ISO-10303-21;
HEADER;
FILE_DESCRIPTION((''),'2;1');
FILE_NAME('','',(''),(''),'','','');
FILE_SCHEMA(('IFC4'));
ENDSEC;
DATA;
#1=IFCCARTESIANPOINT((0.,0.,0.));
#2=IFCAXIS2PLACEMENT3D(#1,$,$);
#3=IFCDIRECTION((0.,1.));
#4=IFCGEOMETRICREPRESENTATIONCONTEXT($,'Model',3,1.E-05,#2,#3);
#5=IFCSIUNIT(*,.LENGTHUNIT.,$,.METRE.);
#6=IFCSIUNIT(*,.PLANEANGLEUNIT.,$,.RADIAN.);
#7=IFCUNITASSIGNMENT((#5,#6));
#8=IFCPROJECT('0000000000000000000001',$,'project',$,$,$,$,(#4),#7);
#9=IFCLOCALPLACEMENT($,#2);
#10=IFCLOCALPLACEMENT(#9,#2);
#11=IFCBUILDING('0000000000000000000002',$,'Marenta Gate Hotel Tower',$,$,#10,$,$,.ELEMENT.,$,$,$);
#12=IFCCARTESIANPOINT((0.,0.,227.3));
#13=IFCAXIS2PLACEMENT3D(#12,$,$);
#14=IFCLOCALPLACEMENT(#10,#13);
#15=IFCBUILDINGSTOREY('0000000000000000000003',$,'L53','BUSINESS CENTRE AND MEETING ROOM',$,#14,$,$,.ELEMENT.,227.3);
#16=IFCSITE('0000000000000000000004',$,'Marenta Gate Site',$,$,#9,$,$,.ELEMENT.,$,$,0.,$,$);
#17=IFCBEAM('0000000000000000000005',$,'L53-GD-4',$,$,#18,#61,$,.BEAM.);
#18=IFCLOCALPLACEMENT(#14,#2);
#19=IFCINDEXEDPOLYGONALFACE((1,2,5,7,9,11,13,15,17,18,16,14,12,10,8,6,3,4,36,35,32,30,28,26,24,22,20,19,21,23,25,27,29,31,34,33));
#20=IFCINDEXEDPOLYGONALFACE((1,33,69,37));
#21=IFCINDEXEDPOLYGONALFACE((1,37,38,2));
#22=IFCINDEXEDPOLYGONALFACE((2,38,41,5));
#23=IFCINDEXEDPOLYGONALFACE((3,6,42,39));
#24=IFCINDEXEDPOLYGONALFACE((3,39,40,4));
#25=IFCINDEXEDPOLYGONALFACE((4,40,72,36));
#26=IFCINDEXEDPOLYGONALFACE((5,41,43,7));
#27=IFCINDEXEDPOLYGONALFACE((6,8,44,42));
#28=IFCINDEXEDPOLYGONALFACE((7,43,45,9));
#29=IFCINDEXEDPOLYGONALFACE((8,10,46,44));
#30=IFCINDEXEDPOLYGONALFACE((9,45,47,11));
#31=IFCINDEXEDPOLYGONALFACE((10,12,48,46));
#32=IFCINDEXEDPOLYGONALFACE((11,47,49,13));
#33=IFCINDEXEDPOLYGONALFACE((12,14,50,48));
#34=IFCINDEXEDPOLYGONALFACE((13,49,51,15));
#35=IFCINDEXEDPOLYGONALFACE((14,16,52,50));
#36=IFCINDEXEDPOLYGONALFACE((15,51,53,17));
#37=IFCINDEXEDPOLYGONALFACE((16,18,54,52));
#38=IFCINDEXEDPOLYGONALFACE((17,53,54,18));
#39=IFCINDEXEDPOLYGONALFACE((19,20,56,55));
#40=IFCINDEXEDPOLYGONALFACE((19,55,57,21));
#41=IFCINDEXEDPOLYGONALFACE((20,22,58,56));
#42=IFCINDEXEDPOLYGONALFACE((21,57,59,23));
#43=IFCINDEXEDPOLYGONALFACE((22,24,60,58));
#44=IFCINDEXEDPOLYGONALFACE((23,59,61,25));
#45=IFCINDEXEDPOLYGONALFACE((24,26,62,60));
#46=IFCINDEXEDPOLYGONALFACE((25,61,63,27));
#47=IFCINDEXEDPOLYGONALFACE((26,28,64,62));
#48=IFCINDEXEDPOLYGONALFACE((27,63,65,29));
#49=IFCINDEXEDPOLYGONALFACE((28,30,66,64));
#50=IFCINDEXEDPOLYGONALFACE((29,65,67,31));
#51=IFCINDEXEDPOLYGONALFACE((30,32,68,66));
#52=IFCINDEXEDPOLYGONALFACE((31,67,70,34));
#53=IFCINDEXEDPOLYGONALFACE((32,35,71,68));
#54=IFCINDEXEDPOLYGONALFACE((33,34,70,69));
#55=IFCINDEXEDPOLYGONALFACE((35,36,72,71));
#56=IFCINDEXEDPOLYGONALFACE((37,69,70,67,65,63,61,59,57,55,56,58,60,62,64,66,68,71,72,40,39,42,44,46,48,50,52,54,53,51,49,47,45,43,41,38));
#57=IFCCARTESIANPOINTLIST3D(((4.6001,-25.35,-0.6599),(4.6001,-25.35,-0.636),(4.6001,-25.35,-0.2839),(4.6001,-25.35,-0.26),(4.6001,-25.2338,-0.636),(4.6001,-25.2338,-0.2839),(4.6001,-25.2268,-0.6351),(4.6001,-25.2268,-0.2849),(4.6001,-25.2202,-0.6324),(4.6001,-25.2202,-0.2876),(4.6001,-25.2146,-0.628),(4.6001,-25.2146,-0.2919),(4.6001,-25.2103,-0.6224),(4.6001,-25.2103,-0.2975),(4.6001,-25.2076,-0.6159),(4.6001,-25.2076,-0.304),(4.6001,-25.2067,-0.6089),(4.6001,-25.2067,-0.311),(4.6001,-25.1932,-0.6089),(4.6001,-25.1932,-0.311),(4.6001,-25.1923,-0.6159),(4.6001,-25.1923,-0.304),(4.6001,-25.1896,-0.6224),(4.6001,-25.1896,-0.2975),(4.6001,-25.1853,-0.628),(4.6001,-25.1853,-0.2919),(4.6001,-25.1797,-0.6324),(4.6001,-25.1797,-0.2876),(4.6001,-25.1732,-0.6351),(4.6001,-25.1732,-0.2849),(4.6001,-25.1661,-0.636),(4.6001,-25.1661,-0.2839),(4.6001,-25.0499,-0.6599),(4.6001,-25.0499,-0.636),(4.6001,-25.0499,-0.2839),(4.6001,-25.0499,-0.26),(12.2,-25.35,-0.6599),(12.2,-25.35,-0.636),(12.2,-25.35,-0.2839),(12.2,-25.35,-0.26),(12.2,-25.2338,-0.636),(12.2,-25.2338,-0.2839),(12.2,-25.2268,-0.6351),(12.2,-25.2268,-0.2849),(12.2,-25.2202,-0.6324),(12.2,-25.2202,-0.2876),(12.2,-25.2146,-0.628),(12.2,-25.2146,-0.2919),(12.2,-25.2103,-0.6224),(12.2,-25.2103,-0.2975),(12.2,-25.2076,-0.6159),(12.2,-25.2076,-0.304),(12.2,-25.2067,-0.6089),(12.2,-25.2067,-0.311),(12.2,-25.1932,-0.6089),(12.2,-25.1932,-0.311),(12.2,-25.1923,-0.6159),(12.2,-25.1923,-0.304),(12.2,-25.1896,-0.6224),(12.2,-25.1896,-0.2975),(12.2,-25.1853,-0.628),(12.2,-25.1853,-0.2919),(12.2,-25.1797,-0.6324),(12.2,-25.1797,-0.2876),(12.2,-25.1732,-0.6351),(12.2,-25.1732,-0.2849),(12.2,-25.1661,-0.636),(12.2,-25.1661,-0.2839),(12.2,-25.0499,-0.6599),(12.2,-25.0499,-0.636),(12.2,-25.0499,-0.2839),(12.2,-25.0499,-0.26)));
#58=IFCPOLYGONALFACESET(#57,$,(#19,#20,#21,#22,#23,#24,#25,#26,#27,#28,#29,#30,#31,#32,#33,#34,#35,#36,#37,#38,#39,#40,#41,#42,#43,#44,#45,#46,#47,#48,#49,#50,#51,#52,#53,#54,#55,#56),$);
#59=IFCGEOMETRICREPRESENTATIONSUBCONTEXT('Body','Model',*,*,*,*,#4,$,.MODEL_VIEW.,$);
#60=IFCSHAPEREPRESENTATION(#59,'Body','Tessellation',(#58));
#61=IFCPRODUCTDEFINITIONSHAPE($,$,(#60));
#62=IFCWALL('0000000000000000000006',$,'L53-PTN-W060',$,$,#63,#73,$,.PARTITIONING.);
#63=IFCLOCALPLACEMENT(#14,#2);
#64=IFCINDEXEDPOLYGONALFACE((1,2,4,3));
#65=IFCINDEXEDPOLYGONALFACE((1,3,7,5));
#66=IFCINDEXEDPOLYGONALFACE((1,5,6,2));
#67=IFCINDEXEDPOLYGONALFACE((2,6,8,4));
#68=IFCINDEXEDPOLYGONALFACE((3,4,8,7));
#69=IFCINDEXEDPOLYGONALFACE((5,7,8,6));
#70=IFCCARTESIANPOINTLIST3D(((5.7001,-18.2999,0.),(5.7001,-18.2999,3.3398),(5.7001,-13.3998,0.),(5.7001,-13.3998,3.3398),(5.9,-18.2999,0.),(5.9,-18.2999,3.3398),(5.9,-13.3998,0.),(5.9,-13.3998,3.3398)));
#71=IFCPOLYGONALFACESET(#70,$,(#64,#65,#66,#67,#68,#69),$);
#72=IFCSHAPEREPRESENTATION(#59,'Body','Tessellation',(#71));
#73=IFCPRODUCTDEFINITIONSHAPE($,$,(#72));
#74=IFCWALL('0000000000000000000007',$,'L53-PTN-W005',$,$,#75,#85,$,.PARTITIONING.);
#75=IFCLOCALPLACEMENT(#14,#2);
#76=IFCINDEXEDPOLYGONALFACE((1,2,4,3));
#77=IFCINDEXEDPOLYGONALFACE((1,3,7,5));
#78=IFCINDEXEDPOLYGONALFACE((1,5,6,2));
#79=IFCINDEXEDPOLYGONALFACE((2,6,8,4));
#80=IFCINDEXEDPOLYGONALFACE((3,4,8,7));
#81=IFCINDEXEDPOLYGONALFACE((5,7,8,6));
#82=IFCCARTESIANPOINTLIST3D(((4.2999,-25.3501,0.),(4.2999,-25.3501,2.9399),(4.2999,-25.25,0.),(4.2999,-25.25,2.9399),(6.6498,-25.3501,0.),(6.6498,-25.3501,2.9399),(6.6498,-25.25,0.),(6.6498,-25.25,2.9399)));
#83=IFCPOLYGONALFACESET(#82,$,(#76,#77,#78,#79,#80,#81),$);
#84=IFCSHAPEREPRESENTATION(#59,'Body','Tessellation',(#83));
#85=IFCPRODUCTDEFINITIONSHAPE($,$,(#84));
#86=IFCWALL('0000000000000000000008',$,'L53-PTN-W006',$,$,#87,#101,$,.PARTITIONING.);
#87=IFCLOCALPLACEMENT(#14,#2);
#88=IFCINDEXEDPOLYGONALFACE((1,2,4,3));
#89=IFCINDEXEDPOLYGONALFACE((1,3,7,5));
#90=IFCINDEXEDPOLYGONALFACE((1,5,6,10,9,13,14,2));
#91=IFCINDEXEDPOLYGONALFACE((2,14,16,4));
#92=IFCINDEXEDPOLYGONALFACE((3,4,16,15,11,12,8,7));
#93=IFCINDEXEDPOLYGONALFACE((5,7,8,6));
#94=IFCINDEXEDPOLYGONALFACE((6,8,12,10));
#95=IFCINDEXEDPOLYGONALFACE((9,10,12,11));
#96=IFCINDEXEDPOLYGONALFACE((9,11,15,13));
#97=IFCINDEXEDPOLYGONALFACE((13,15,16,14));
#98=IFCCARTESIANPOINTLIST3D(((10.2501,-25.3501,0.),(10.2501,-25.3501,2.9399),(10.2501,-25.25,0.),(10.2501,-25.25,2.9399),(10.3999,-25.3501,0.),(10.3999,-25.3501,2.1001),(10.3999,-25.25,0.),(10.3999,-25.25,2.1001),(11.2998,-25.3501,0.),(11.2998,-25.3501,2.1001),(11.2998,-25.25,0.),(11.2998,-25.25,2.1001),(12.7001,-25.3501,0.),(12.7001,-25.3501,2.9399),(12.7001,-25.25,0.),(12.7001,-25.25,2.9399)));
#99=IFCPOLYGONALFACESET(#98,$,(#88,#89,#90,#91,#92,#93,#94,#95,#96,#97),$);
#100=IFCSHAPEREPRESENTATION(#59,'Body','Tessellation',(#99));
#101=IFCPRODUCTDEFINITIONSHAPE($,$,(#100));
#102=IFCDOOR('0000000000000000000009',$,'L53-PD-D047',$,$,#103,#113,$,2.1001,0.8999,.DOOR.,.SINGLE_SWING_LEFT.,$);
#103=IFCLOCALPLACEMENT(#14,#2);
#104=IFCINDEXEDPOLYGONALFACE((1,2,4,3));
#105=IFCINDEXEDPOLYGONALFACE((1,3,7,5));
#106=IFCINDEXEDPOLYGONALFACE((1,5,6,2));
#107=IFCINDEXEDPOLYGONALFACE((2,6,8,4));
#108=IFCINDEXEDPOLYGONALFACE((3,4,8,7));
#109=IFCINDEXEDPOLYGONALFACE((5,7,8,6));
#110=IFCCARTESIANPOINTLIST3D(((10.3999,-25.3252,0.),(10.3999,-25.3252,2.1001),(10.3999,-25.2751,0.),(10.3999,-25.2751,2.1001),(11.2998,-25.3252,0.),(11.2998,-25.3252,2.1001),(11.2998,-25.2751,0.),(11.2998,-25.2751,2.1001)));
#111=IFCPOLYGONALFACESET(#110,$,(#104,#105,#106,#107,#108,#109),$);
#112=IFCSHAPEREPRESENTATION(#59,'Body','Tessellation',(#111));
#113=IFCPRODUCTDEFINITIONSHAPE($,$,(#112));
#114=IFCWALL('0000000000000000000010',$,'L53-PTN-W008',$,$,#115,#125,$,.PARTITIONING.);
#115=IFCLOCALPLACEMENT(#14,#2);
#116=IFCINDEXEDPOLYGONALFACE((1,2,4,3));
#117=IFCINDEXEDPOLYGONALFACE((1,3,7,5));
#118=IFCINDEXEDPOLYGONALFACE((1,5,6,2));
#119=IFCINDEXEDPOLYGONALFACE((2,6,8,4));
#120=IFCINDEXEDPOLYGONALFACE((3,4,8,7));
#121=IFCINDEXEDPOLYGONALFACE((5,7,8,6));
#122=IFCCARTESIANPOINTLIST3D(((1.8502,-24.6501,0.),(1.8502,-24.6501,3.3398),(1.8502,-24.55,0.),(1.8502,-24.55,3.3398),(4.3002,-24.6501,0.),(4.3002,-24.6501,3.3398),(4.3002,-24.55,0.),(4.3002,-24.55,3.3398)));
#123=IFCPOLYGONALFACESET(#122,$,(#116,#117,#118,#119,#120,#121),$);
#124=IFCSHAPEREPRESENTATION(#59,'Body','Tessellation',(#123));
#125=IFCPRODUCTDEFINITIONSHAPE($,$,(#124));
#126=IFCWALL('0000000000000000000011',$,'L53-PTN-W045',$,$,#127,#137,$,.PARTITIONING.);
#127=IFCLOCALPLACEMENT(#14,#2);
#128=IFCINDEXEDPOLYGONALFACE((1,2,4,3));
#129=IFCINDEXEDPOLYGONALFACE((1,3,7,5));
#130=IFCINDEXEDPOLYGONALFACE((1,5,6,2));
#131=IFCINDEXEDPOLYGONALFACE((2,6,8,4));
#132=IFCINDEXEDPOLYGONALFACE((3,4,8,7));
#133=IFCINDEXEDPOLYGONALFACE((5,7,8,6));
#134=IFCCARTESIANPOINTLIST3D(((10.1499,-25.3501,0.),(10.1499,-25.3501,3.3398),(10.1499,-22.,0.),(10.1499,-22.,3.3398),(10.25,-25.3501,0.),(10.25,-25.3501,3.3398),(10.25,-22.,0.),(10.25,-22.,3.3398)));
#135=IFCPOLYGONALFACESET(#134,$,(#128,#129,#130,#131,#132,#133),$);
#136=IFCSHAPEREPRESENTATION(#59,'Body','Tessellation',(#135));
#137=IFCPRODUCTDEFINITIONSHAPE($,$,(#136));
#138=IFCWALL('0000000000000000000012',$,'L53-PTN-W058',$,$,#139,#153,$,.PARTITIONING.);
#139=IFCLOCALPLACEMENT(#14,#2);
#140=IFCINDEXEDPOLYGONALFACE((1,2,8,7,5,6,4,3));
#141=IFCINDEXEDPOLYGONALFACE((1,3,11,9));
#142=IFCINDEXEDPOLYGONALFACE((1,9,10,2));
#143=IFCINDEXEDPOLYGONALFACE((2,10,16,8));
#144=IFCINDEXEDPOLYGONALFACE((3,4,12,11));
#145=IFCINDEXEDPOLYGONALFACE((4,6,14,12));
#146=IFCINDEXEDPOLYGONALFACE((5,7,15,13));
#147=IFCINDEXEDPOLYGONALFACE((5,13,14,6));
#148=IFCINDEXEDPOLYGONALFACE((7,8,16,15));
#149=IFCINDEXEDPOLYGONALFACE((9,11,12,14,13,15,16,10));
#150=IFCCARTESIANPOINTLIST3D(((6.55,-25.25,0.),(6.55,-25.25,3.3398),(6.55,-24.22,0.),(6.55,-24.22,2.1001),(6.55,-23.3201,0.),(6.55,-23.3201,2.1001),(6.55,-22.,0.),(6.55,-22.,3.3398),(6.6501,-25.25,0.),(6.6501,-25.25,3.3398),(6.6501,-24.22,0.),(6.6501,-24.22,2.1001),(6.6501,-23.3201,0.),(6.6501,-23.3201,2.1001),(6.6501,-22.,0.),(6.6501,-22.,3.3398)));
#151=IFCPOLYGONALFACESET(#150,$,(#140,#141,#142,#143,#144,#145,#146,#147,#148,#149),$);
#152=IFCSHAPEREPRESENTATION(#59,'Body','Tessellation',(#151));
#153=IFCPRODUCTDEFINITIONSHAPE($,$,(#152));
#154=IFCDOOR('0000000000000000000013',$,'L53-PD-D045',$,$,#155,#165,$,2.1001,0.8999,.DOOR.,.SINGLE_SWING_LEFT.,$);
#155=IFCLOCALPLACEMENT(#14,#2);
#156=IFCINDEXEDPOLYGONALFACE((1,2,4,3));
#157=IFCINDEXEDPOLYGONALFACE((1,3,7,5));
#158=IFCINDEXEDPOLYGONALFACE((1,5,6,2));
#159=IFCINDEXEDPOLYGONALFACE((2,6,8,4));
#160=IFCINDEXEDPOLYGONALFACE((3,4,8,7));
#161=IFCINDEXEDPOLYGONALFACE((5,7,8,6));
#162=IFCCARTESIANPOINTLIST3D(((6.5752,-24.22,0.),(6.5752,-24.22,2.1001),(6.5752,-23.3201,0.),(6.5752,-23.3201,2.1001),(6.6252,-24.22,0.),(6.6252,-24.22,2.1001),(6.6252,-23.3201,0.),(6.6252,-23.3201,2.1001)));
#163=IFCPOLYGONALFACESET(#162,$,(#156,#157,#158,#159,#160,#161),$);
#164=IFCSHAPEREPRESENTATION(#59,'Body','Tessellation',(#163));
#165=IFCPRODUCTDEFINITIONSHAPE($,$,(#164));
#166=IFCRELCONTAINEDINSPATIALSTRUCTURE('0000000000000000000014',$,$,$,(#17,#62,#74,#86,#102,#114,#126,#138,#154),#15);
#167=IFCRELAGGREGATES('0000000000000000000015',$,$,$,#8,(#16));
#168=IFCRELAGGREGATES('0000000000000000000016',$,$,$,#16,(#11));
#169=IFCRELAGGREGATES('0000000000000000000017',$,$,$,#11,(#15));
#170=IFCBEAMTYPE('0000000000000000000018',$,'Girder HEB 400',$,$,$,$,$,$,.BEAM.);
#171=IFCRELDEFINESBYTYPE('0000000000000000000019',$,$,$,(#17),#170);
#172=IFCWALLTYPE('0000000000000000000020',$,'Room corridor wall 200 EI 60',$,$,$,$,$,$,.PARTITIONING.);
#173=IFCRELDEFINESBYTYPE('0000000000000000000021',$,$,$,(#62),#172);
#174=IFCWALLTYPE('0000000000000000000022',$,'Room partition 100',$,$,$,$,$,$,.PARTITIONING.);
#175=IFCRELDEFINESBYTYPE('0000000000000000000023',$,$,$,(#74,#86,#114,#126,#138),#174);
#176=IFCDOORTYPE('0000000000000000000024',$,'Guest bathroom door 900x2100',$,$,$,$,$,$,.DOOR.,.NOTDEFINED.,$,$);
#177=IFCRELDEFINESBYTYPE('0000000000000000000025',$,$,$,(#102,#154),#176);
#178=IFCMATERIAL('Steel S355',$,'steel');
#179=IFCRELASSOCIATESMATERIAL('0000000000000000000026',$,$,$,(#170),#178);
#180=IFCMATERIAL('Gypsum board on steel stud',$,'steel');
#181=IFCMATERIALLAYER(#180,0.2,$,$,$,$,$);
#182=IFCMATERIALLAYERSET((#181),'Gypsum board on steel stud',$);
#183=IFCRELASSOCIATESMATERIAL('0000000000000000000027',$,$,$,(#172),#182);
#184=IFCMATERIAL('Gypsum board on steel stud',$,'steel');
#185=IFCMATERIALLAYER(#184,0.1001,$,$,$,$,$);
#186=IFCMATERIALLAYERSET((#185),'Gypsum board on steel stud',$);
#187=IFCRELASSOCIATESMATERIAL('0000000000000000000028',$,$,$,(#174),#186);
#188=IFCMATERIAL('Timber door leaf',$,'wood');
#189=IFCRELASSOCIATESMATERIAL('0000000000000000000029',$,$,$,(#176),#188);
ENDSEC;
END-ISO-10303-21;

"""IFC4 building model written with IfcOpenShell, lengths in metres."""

from ifc_helpers import new_model, si_unit, direction, frame, frame_2d, origin, origin_2d, place, context, subcontext, project, spatial, rectangle, i_section, extrude, material, layer, layer_set, material_profile, profile_set, type_object, element, fill, save


model = new_model("IFC4")

# Units and contexts
model_context = context("Model", 3, precision=1e-05, world=origin(), true_north=direction((0.0, 1.0)))
body_context = subcontext(model_context, "Body", "Model", "MODEL_VIEW")
ifc_project = project(units=[si_unit("LENGTHUNIT", "METRE"), si_unit("PLANEANGLEUNIT", "RADIAN")], contexts=[model_context])

# Site, building, storey
site_placement = place(None, origin())
site = spatial("IfcSite", under=ifc_project, at=site_placement, Name="Marenta Gate Site", CompositionType="ELEMENT", RefElevation=0.0)
building_placement = place(site_placement, origin())
building = spatial("IfcBuilding", under=site, at=building_placement, Name="Marenta Gate Hotel Tower", CompositionType="ELEMENT")
storey_placement = place(building_placement, frame((0.0, 0.0, 227.3)))
storey = spatial("IfcBuildingStorey", under=building, at=storey_placement, Name="L53", Description="BUSINESS CENTRE AND MEETING ROOM", CompositionType="ELEMENT", Elevation=227.3)

# Beam
ifc_material_1 = material(Name="Steel S355", Category="steel")
ifc_material_profile_1 = material_profile(ifc_material_1, i_section(OverallWidth=0.3, OverallDepth=0.3999, WebThickness=0.0134, FlangeThickness=0.0239, FilletRadius=0.0271, at=origin_2d()), Name="HEB 400")
ifc_profile_set_1 = profile_set([ifc_material_profile_1], Name="Steel S355")
beam_type_1 = type_object("IfcBeamType", Name="Girder HEB 400", PredefinedType="BEAM", material=ifc_profile_set_1)
beam_placement = place(storey_placement, frame((4.6001, -25.2, -0.46), z_axis=(1.0, 0.0, 0.0), x_axis=(0.0, 1.0, 0.0)))
element("IfcBeam", 1, at=beam_placement, inside=storey, type_object=beam_type_1, Name="L53-GD-4", PredefinedType="BEAM", context=body_context, shape_type="SweptSolid", body=[
    extrude(i_section(OverallWidth=0.3, OverallDepth=0.3999, WebThickness=0.0134, FlangeThickness=0.0239, FilletRadius=0.0271, at=origin_2d()), origin(), (0.0, 0.0, 1.0), 7.5999),
])

# Shared definitions
ifc_material_2 = material(Name="Gypsum board on steel stud", Category="steel")
ifc_layer_1 = layer(ifc_material_2, 0.2)
ifc_layer_set_1 = layer_set([ifc_layer_1], Name="Gypsum board on steel stud")
wall_type_1 = type_object("IfcWallType", Name="Room corridor wall 200 EI 60", PredefinedType="PARTITIONING", material=ifc_layer_set_1)

# Walls
wall_1_placement = place(storey_placement, frame((5.8, -18.3, 0.0), z_axis=(0.0, 0.0, 1.0), x_axis=(0.0, 1.0, 0.0)))
element("IfcWall", 2, at=wall_1_placement, inside=storey, type_object=wall_type_1, Name="L53-PTN-W060", PredefinedType="PARTITIONING", context=body_context, shape_type="SweptSolid", body=[
    extrude(rectangle(XDim=4.9001, YDim=0.2, at=frame_2d((2.4502, 0.0))), origin(), (0.0, 0.0, 1.0), 3.3398),
])
ifc_material_3 = material(Name="Gypsum board on steel stud", Category="steel")
ifc_layer_2 = layer(ifc_material_3, 0.1001)
ifc_layer_set_2 = layer_set([ifc_layer_2], Name="Gypsum board on steel stud")
wall_type_2 = type_object("IfcWallType", Name="Room partition 100", PredefinedType="PARTITIONING", material=ifc_layer_set_2)
wall_2_placement = place(storey_placement, frame((4.3, -25.3, 0.0), z_axis=(0.0, 0.0, 1.0), x_axis=(1.0, 0.0, 0.0)))
element("IfcWall", 3, at=wall_2_placement, inside=storey, type_object=wall_type_2, Name="L53-PTN-W005", PredefinedType="PARTITIONING", context=body_context, shape_type="SweptSolid", body=[
    extrude(rectangle(XDim=2.3499, YDim=0.1001, at=frame_2d((1.1748, 0.0))), origin(), (0.0, 0.0, 1.0), 2.9399),
])

# Wall, opening, door
wall_3_placement = place(storey_placement, frame((10.25, -25.3, 0.0), z_axis=(0.0, 0.0, 1.0), x_axis=(1.0, 0.0, 0.0)))
wall_3 = element("IfcWall", 4, at=wall_3_placement, inside=storey, type_object=wall_type_2, Name="L53-PTN-W006", PredefinedType="PARTITIONING", context=body_context, shape_type="SweptSolid", body=[
    extrude(rectangle(XDim=2.45, YDim=0.1001, at=frame_2d((1.2251, 0.0))), origin(), (0.0, 0.0, 1.0), 2.9399),
])
opening_1_placement = place(wall_3_placement, frame((0.1499, 0.0, 0.0)))
opening_1 = element("IfcOpeningElement", 5, at=opening_1_placement, cuts=wall_3, PredefinedType="OPENING", context=body_context, shape_type="SweptSolid", body=[
    extrude(rectangle(XDim=0.8999, YDim=2.1001, at=frame_2d((0.45, 1.05))), frame((0.0, 0.05, 0.0), z_axis=(0.0, -1.0, 0.0), x_axis=(1.0, 0.0, 0.0)), (0.0, 0.0, 1.0), 0.1001),
])
ifc_material_4 = material(Name="Timber door leaf", Category="wood")
door_type_1 = type_object("IfcDoorType", Name="Guest bathroom door 900x2100", OperationType="NOTDEFINED", PredefinedType="DOOR", material=ifc_material_4)
door_1_placement = place(opening_1_placement, origin())
door_1 = element("IfcDoor", 6, at=door_1_placement, inside=storey, type_object=door_type_1, Name="L53-PD-D047", OperationType="SINGLE_SWING_LEFT", OverallHeight=2.1001, OverallWidth=0.8999, PredefinedType="DOOR", context=body_context, shape_type="SweptSolid", body=[
    extrude(rectangle(XDim=0.8999, YDim=2.1001, at=frame_2d((0.45, 1.05))), frame((0.0, 0.0249, 0.0), z_axis=(0.0, -1.0, 0.0), x_axis=(1.0, 0.0, 0.0)), (0.0, 0.0, 1.0), 0.05),
])
fill(opening_1, door_1)

# Walls
wall_4_placement = place(storey_placement, frame((1.8501, -24.6001, 0.0), z_axis=(0.0, 0.0, 1.0), x_axis=(1.0, 0.0, 0.0)))
element("IfcWall", 7, at=wall_4_placement, inside=storey, type_object=wall_type_2, Name="L53-PTN-W008", PredefinedType="PARTITIONING", context=body_context, shape_type="SweptSolid", body=[
    extrude(rectangle(XDim=2.45, YDim=0.1001, at=frame_2d((1.2251, 0.0))), origin(), (0.0, 0.0, 1.0), 3.3398),
])
wall_5_placement = place(storey_placement, frame((10.2, -25.3501, 0.0), z_axis=(0.0, 0.0, 1.0), x_axis=(0.0, 1.0, 0.0)))
element("IfcWall", 8, at=wall_5_placement, inside=storey, type_object=wall_type_2, Name="L53-PTN-W045", PredefinedType="PARTITIONING", context=body_context, shape_type="SweptSolid", body=[
    extrude(rectangle(XDim=3.3501, YDim=0.1001, at=frame_2d((1.675, 0.0))), origin(), (0.0, 0.0, 1.0), 3.3398),
])

# Wall, opening, door
wall_6_placement = place(storey_placement, frame((6.6001, -25.25, 0.0), z_axis=(0.0, 0.0, 1.0), x_axis=(0.0, 1.0, 0.0)))
wall_6 = element("IfcWall", 9, at=wall_6_placement, inside=storey, type_object=wall_type_2, Name="L53-PTN-W058", PredefinedType="PARTITIONING", context=body_context, shape_type="SweptSolid", body=[
    extrude(rectangle(XDim=3.25, YDim=0.1001, at=frame_2d((1.625, 0.0))), origin(), (0.0, 0.0, 1.0), 3.3398),
])
opening_2_placement = place(wall_6_placement, frame((1.03, 0.0, 0.0)))
opening_2 = element("IfcOpeningElement", 10, at=opening_2_placement, cuts=wall_6, PredefinedType="OPENING", context=body_context, shape_type="SweptSolid", body=[
    extrude(rectangle(XDim=0.8999, YDim=2.1001, at=frame_2d((0.45, 1.05))), frame((0.0, 0.05, 0.0), z_axis=(0.0, -1.0, 0.0), x_axis=(1.0, 0.0, 0.0)), (0.0, 0.0, 1.0), 0.1001),
])
door_2_placement = place(opening_2_placement, origin())
door_2 = element("IfcDoor", 11, at=door_2_placement, inside=storey, type_object=door_type_1, Name="L53-PD-D045", OperationType="SINGLE_SWING_LEFT", OverallHeight=2.1001, OverallWidth=0.8999, PredefinedType="DOOR", context=body_context, shape_type="SweptSolid", body=[
    extrude(rectangle(XDim=0.8999, YDim=2.1001, at=frame_2d((0.45, 1.05))), frame((0.0, 0.0249, 0.0), z_axis=(0.0, -1.0, 0.0), x_axis=(1.0, 0.0, 0.0)), (0.0, 0.0, 1.0), 0.05),
])
fill(opening_2, door_2)

save(model, "model.ifc")
